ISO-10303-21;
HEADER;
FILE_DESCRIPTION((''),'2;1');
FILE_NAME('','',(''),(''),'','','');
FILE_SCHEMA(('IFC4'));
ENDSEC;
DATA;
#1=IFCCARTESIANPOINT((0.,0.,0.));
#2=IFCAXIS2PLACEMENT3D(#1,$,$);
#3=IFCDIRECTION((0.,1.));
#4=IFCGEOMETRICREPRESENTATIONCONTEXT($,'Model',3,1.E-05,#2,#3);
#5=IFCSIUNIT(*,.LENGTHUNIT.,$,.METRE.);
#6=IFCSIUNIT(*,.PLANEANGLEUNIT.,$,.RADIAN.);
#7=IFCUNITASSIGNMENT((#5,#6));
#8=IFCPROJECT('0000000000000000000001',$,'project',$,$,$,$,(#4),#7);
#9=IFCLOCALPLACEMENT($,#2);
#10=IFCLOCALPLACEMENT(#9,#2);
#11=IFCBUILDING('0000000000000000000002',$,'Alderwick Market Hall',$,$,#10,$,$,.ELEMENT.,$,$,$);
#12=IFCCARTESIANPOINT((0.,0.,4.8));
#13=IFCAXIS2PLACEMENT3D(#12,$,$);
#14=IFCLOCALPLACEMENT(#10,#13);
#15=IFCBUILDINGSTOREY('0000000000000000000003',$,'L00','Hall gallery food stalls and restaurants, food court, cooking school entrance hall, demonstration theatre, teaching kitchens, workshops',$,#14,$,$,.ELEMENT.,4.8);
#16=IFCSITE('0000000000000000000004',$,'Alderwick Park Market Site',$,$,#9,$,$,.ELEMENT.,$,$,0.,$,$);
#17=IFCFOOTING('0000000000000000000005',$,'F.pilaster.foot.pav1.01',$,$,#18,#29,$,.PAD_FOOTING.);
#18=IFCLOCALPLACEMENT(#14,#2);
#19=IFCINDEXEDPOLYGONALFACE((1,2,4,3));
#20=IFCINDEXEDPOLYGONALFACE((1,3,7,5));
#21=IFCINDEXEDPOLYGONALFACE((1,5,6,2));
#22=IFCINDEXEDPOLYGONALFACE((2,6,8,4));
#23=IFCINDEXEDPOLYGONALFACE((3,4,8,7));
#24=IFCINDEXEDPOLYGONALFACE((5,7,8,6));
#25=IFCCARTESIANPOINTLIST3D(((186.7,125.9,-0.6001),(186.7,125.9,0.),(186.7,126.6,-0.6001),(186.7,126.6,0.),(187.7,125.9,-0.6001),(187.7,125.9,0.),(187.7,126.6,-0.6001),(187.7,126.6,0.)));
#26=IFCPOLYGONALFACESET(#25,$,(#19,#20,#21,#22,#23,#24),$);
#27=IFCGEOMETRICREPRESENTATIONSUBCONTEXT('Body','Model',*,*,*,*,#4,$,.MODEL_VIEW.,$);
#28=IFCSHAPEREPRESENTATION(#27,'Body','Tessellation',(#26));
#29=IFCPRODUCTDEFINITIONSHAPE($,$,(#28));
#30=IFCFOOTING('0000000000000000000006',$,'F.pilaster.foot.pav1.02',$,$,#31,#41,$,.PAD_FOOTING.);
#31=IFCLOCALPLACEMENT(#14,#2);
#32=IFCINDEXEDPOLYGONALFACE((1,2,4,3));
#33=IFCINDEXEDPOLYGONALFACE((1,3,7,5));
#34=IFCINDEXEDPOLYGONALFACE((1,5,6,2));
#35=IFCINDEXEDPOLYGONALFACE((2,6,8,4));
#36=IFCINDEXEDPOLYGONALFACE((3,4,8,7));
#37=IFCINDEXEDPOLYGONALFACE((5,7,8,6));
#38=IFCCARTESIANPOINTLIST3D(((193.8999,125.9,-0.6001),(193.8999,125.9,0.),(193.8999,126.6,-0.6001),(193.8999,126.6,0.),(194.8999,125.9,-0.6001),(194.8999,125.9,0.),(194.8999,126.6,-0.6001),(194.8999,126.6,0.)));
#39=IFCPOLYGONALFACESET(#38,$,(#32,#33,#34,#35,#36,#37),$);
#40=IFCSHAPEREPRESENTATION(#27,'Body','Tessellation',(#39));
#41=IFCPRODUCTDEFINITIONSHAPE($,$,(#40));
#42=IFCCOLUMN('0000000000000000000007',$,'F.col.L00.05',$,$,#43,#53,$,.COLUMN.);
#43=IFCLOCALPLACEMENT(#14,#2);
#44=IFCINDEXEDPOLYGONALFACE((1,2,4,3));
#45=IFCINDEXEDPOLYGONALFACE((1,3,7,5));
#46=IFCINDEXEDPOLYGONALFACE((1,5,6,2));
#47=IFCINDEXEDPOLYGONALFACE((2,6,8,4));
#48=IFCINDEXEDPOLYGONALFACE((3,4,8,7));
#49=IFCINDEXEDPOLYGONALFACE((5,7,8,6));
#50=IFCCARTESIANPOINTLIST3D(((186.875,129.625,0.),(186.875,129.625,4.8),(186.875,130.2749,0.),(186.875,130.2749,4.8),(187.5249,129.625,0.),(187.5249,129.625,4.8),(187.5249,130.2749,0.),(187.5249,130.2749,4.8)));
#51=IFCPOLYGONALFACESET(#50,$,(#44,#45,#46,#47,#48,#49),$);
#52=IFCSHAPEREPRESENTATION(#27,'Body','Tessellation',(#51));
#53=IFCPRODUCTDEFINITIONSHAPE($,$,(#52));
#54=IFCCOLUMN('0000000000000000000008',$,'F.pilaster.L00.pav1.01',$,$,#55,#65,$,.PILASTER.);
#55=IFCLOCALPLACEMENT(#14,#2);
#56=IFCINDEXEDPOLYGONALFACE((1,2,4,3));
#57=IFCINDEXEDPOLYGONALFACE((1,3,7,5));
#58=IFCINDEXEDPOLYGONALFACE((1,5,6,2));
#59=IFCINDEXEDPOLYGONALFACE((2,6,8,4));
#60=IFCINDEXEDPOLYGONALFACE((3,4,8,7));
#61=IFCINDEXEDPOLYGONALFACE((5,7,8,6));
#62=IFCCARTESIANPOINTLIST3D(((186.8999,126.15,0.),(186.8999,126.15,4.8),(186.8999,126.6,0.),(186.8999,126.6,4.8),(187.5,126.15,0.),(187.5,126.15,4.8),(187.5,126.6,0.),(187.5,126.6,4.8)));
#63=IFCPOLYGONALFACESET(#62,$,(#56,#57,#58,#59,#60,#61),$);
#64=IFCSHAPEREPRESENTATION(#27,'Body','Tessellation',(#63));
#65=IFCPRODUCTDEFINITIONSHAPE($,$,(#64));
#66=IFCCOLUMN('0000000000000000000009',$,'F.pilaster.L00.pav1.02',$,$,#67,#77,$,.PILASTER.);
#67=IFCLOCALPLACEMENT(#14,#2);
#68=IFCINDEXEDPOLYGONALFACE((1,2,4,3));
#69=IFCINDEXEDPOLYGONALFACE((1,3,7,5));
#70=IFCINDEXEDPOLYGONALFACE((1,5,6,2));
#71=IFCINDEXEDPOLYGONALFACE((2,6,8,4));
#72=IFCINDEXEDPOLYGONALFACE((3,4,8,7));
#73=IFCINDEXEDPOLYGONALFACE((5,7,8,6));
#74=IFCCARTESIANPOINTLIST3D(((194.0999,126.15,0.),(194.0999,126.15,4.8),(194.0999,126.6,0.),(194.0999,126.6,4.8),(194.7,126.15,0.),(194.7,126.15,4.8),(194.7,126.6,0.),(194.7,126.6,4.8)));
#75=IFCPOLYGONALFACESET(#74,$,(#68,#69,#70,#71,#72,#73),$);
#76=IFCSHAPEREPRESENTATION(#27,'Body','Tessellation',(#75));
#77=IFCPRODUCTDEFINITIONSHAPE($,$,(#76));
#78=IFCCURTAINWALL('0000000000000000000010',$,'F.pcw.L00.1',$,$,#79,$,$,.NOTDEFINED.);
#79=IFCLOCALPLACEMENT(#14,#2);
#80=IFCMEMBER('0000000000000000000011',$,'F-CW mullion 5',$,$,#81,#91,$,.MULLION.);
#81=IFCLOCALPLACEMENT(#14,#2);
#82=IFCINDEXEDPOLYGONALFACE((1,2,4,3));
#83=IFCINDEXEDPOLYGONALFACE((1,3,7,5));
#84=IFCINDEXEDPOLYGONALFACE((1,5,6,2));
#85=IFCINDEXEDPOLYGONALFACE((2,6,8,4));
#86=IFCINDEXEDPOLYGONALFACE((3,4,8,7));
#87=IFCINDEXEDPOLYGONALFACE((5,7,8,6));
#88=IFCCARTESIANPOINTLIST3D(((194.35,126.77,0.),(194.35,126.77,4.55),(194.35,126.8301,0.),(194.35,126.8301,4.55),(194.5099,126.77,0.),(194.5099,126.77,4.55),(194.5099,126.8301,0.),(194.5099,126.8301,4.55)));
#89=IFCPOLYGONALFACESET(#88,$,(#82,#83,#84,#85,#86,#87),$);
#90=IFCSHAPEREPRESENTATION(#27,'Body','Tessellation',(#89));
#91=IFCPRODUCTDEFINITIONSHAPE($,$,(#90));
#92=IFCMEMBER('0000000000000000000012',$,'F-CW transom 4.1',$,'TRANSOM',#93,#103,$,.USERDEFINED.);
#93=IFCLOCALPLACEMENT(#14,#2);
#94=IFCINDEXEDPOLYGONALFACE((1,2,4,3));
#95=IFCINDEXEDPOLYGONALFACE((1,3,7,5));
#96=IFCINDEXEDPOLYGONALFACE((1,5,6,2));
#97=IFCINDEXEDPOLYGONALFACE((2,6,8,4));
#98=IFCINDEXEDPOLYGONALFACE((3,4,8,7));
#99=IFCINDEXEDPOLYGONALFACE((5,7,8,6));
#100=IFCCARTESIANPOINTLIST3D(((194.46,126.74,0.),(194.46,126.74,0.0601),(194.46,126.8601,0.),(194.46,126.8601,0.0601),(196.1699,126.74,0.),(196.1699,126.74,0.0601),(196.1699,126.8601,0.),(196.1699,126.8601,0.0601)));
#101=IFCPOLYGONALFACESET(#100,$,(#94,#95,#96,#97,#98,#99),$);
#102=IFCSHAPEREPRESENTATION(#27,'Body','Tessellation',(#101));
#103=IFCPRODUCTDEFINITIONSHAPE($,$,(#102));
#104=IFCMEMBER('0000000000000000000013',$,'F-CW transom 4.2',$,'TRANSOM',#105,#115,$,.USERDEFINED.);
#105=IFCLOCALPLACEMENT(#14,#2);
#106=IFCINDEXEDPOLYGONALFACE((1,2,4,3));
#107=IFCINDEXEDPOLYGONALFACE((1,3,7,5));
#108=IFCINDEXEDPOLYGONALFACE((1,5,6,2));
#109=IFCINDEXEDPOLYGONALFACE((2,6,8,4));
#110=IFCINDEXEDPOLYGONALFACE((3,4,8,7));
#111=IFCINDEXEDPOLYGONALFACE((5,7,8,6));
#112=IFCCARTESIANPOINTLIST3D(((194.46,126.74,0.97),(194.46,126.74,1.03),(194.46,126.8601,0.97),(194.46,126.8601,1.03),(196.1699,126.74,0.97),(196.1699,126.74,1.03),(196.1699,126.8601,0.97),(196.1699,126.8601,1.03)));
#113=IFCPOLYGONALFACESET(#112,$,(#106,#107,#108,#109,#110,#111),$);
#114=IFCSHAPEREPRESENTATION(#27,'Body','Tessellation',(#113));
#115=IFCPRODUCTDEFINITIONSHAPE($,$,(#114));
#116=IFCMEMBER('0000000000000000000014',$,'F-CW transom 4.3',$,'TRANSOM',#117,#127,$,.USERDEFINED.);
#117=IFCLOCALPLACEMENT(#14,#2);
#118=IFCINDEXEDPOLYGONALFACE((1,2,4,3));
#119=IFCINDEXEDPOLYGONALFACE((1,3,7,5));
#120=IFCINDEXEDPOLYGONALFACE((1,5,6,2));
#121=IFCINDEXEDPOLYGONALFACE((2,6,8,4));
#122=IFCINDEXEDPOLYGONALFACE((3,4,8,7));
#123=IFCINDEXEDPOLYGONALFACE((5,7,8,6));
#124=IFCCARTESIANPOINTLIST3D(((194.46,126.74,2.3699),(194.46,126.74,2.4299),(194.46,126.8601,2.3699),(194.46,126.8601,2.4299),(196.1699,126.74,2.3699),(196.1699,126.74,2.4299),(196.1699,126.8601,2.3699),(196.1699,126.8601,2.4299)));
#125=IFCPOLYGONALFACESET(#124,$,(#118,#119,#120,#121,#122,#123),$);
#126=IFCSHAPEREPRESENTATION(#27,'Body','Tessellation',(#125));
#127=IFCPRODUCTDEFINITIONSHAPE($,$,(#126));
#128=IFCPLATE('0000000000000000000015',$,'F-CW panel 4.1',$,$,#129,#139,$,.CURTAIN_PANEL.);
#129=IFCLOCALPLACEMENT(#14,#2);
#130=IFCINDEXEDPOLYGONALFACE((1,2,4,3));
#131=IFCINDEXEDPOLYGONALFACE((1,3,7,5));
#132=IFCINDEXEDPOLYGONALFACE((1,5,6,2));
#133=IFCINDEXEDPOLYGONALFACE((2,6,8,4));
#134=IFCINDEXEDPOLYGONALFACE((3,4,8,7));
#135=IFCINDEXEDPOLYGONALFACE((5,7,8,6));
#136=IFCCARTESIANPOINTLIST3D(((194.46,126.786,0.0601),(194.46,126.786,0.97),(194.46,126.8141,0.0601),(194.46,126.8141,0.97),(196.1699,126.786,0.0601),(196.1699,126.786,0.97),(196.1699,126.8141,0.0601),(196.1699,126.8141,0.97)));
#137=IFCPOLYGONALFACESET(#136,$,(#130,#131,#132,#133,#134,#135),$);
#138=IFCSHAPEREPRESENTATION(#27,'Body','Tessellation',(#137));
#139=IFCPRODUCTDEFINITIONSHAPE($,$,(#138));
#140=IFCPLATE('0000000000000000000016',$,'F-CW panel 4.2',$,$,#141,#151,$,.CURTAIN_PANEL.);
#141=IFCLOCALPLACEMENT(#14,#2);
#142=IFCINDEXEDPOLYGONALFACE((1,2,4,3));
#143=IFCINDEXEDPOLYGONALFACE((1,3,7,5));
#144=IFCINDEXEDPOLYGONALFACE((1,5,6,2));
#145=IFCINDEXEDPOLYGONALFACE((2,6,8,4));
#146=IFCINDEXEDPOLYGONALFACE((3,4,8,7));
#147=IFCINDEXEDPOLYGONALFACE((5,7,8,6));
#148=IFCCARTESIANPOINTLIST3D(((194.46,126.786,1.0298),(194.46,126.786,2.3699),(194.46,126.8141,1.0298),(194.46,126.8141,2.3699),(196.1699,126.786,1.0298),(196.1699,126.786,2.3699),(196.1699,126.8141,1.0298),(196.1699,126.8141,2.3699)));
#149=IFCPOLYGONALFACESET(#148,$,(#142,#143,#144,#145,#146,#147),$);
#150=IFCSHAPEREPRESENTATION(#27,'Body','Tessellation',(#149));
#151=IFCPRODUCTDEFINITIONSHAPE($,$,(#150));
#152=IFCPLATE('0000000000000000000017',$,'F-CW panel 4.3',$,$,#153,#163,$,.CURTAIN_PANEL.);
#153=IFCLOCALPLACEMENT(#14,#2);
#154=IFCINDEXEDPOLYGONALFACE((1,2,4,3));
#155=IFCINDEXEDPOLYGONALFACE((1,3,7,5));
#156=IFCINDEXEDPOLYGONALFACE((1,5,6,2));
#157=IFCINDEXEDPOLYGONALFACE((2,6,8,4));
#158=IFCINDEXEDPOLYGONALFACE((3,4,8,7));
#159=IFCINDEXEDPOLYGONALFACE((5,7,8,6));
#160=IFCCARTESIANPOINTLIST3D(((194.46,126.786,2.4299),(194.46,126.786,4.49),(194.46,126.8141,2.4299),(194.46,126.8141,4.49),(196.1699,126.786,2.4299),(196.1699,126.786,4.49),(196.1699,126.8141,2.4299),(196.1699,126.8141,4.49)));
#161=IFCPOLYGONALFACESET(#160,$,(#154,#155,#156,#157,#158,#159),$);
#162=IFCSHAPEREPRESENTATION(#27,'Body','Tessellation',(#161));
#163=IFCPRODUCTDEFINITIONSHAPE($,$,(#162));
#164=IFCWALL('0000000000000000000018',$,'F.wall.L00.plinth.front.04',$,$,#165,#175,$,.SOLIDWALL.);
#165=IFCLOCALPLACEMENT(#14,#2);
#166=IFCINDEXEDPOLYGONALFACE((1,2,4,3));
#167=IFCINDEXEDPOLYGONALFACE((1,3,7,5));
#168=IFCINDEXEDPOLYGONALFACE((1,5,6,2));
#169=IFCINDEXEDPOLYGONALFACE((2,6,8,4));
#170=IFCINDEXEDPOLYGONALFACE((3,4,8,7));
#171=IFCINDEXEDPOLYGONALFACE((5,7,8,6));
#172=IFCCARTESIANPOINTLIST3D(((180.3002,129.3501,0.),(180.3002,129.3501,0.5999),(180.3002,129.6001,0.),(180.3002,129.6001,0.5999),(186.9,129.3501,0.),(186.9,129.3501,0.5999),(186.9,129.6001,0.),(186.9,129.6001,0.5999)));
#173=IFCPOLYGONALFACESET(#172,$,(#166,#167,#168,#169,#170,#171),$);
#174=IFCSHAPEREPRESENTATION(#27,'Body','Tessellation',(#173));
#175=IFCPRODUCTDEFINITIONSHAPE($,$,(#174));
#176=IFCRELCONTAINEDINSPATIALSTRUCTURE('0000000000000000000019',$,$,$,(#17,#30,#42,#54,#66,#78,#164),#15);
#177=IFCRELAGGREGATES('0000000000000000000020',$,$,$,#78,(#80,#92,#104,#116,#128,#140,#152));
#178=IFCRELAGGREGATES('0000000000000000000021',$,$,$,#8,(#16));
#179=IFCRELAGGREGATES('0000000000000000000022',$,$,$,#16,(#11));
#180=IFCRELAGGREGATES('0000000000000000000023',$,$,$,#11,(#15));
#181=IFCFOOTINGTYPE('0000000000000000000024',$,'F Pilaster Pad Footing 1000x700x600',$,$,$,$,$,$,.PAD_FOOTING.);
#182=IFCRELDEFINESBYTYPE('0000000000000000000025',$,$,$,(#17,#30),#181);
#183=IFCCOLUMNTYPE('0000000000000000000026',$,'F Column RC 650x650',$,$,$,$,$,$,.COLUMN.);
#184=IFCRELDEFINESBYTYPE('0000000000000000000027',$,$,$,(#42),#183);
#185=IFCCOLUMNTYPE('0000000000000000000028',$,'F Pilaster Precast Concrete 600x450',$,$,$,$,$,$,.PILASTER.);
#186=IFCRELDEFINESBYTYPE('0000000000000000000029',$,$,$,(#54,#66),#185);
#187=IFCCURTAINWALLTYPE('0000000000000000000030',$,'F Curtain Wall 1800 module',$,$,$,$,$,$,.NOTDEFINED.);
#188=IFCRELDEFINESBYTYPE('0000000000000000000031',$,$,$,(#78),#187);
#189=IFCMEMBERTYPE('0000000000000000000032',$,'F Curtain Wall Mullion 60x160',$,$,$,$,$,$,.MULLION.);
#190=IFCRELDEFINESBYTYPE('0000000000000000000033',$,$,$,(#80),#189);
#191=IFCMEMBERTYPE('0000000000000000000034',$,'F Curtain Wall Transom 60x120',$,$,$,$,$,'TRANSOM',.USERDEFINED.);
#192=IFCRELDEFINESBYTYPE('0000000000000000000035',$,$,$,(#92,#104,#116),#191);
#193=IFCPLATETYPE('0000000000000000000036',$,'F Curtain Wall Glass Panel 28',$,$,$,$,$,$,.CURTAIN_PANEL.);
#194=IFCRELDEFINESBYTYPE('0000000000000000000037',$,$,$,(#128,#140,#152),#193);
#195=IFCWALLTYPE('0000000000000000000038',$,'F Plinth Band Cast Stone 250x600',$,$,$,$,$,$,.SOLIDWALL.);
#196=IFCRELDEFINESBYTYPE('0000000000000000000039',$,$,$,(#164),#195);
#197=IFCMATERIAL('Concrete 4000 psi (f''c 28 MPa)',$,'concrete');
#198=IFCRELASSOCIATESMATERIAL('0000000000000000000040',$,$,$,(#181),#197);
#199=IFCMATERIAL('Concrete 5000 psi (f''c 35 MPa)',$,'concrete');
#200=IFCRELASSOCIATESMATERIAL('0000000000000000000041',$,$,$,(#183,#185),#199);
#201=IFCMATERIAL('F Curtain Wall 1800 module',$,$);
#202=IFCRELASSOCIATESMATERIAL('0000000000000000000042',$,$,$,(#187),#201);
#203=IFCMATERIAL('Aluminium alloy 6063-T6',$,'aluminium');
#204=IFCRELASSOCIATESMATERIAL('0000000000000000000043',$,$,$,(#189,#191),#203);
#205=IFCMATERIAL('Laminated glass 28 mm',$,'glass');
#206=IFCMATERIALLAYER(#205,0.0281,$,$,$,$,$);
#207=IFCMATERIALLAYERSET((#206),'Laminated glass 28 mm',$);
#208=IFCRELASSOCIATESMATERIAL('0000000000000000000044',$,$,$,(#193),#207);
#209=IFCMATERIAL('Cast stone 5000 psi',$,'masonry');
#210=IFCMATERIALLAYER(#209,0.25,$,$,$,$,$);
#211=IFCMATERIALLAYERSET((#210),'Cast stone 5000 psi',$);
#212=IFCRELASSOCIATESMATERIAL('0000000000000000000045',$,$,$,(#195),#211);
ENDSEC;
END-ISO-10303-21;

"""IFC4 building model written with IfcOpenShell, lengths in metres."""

from ifc_helpers import new_model, si_unit, direction, frame, frame_2d, origin, origin_2d, place, context, subcontext, project, spatial, rectangle, extrude, material, layer, layer_set, material_profile, profile_set, type_object, element, aggregate, save


model = new_model("IFC4")

# Units and contexts
model_context = context("Model", 3, precision=1e-05, world=origin(), true_north=direction((0.0, 1.0)))
body_context = subcontext(model_context, "Body", "Model", "MODEL_VIEW")
ifc_project = project(units=[si_unit("LENGTHUNIT", "METRE"), si_unit("PLANEANGLEUNIT", "RADIAN")], contexts=[model_context])

# Site, building, storey
site_placement = place(None, origin())
site = spatial("IfcSite", under=ifc_project, at=site_placement, Name="Alderwick Park Market Site", CompositionType="ELEMENT", RefElevation=0.0)
building_placement = place(site_placement, origin())
building = spatial("IfcBuilding", under=site, at=building_placement, Name="Alderwick Market Hall", CompositionType="ELEMENT")
storey_placement = place(building_placement, frame((0.0, 0.0, 4.8)))
storey = spatial("IfcBuildingStorey", under=building, at=storey_placement, Name="L00", Description="Hall gallery food stalls and restaurants, food court, cooking school entrance hall, demonstration theatre, teaching kitchens, workshops", CompositionType="ELEMENT", Elevation=4.8)

# Footings
ifc_material_1 = material(Name="Concrete 4000 psi (f'c 28 MPa)", Category="concrete")
footing_type = type_object("IfcFootingType", Name="F Pilaster Pad Footing 1000x700x600", PredefinedType="PAD_FOOTING", material=ifc_material_1)
for number, where, z_axis, x_axis, name in (
    (1, (187.2, 126.25, -0.6001), (0.0, 0.0, 1.0), (1.0, 0.0, 0.0), "F.pilaster.foot.pav1.01"),
    (2, (194.3999, 126.25, -0.6001), (0.0, 0.0, 1.0), (1.0, 0.0, 0.0), "F.pilaster.foot.pav1.02"),
):
    element("IfcFooting", number, at=place(storey_placement, frame(where, z_axis=z_axis, x_axis=x_axis)), inside=storey, type_object=footing_type, Name=name, PredefinedType="PAD_FOOTING", context=body_context, shape_type="SweptSolid", body=[
        extrude(rectangle(XDim=1.0, YDim=0.7, at=origin_2d()), origin(), (0.0, 0.0, 1.0), 0.6001),
    ])

# Columns
ifc_material_2 = material(Name="Concrete 5000 psi (f'c 35 MPa)", Category="concrete")
ifc_material_profile_1 = material_profile(ifc_material_2, rectangle(XDim=0.6499, YDim=0.6499, at=origin_2d()), Name="RC 650x650")
ifc_profile_set_1 = profile_set([ifc_material_profile_1], Name="Concrete 5000 psi (f'c 35 MPa)")
column_type_1 = type_object("IfcColumnType", Name="F Column RC 650x650", PredefinedType="COLUMN", material=ifc_profile_set_1)
column_placement = place(storey_placement, frame((187.2, 129.95, 0.0), z_axis=(0.0, 0.0, 1.0), x_axis=(1.0, 0.0, 0.0)))
element("IfcColumn", 3, at=column_placement, inside=storey, type_object=column_type_1, Name="F.col.L00.05", PredefinedType="COLUMN", context=body_context, shape_type="SweptSolid", body=[
    extrude(rectangle(XDim=0.6499, YDim=0.6499, at=origin_2d()), origin(), (0.0, 0.0, 1.0), 4.8),
])
ifc_material_profile_2 = material_profile(ifc_material_2, rectangle(XDim=0.6001, YDim=0.45, at=origin_2d()), Name="PC 600x450")
ifc_profile_set_2 = profile_set([ifc_material_profile_2], Name="Concrete 5000 psi (f'c 35 MPa)")
column_type_2 = type_object("IfcColumnType", Name="F Pilaster Precast Concrete 600x450", PredefinedType="PILASTER", material=ifc_profile_set_2)
for number, where, z_axis, x_axis, name in (
    (4, (187.2, 126.375, 0.0), (0.0, 0.0, 1.0), (1.0, 0.0, 0.0), "F.pilaster.L00.pav1.01"),
    (5, (194.3999, 126.375, 0.0), (0.0, 0.0, 1.0), (1.0, 0.0, 0.0), "F.pilaster.L00.pav1.02"),
):
    element("IfcColumn", number, at=place(storey_placement, frame(where, z_axis=z_axis, x_axis=x_axis)), inside=storey, type_object=column_type_2, Name=name, PredefinedType="PILASTER", context=body_context, shape_type="SweptSolid", body=[
        extrude(rectangle(XDim=0.6001, YDim=0.45, at=origin_2d()), origin(), (0.0, 0.0, 1.0), 4.8),
    ])

# Curtain wall, members, plates
ifc_material_3 = material(Name="F Curtain Wall 1800 module")
curtain_wall_type = type_object("IfcCurtainWallType", Name="F Curtain Wall 1800 module", PredefinedType="NOTDEFINED", material=ifc_material_3)
curtain_wall_placement = place(storey_placement, origin())
curtain_wall = element("IfcCurtainWall", 6, at=curtain_wall_placement, inside=storey, type_object=curtain_wall_type, Name="F.pcw.L00.1", PredefinedType="NOTDEFINED")
ifc_material_4 = material(Name="Aluminium alloy 6063-T6", Category="aluminium")
ifc_material_profile_3 = material_profile(ifc_material_4, rectangle(XDim=0.0601, YDim=0.1599, at=origin_2d()), Name="AL 60x160")
ifc_profile_set_3 = profile_set([ifc_material_profile_3], Name="Aluminium alloy 6063-T6")
member_type_1 = type_object("IfcMemberType", Name="F Curtain Wall Mullion 60x160", PredefinedType="MULLION", material=ifc_profile_set_3)
member_1_placement = place(storey_placement, frame((194.4299, 126.8, 0.0), z_axis=(0.0, 0.0, 1.0), x_axis=(0.0, -1.0, 0.0)))
member_1 = element("IfcMember", 7, at=member_1_placement, type_object=member_type_1, Name="F-CW mullion 5", PredefinedType="MULLION", context=body_context, shape_type="SweptSolid", body=[
    extrude(rectangle(XDim=0.0601, YDim=0.1599, at=origin_2d()), origin(), (0.0, 0.0, 1.0), 4.55),
])
ifc_material_profile_4 = material_profile(ifc_material_4, rectangle(XDim=0.1201, YDim=0.0601, at=origin_2d()), Name="AL 60x120")
ifc_profile_set_4 = profile_set([ifc_material_profile_4], Name="Aluminium alloy 6063-T6")
member_type_2 = type_object("IfcMemberType", Name="F Curtain Wall Transom 60x120", ElementType="TRANSOM", PredefinedType="USERDEFINED", material=ifc_profile_set_4)
member_2_placement = place(storey_placement, frame((196.1699, 126.8, 0.03), z_axis=(-1.0, 0.0, 0.0), x_axis=(0.0, -1.0, 0.0)))
member_2 = element("IfcMember", 8, at=member_2_placement, type_object=member_type_2, Name="F-CW transom 4.1", ObjectType="TRANSOM", PredefinedType="USERDEFINED", context=body_context, shape_type="SweptSolid", body=[
    extrude(rectangle(XDim=0.1201, YDim=0.0601, at=origin_2d()), origin(), (0.0, 0.0, 1.0), 1.71),
])
member_3_placement = place(storey_placement, frame((196.1699, 126.8, 1.0), z_axis=(-1.0, 0.0, 0.0), x_axis=(0.0, -1.0, 0.0)))
member_3 = element("IfcMember", 9, at=member_3_placement, type_object=member_type_2, Name="F-CW transom 4.2", ObjectType="TRANSOM", PredefinedType="USERDEFINED", context=body_context, shape_type="SweptSolid", body=[
    extrude(rectangle(XDim=0.1201, YDim=0.0601, at=origin_2d()), origin(), (0.0, 0.0, 1.0), 1.71),
])
member_4_placement = place(storey_placement, frame((196.1699, 126.8, 2.3999), z_axis=(-1.0, 0.0, 0.0), x_axis=(0.0, -1.0, 0.0)))
member_4 = element("IfcMember", 10, at=member_4_placement, type_object=member_type_2, Name="F-CW transom 4.3", ObjectType="TRANSOM", PredefinedType="USERDEFINED", context=body_context, shape_type="SweptSolid", body=[
    extrude(rectangle(XDim=0.1201, YDim=0.0601, at=origin_2d()), origin(), (0.0, 0.0, 1.0), 1.71),
])
ifc_material_5 = material(Name="Laminated glass 28 mm", Category="glass")
ifc_layer_1 = layer(ifc_material_5, 0.0281)
ifc_layer_set_1 = layer_set([ifc_layer_1], Name="Laminated glass 28 mm")
plate_type = type_object("IfcPlateType", Name="F Curtain Wall Glass Panel 28", PredefinedType="CURTAIN_PANEL", material=ifc_layer_set_1)
plate_1_placement = place(storey_placement, frame((195.3149, 126.8, 0.0601), z_axis=(0.0, 0.0, 1.0), x_axis=(-1.0, 0.0, 0.0)))
plate_1 = element("IfcPlate", 11, at=plate_1_placement, type_object=plate_type, Name="F-CW panel 4.1", PredefinedType="CURTAIN_PANEL", context=body_context, shape_type="SweptSolid", body=[
    extrude(rectangle(XDim=1.71, YDim=0.0281, at=origin_2d()), origin(), (0.0, 0.0, 1.0), 0.9099),
])
plate_2_placement = place(storey_placement, frame((195.3149, 126.8, 1.0298), z_axis=(0.0, 0.0, 1.0), x_axis=(-1.0, 0.0, 0.0)))
plate_2 = element("IfcPlate", 12, at=plate_2_placement, type_object=plate_type, Name="F-CW panel 4.2", PredefinedType="CURTAIN_PANEL", context=body_context, shape_type="SweptSolid", body=[
    extrude(rectangle(XDim=1.71, YDim=0.0281, at=origin_2d()), origin(), (0.0, 0.0, 1.0), 1.3401),
])
plate_3_placement = place(storey_placement, frame((195.3149, 126.8, 2.4299), z_axis=(0.0, 0.0, 1.0), x_axis=(-1.0, 0.0, 0.0)))
plate_3 = element("IfcPlate", 13, at=plate_3_placement, type_object=plate_type, Name="F-CW panel 4.3", PredefinedType="CURTAIN_PANEL", context=body_context, shape_type="SweptSolid", body=[
    extrude(rectangle(XDim=1.71, YDim=0.0281, at=origin_2d()), origin(), (0.0, 0.0, 1.0), 2.0601),
])
aggregate(curtain_wall, [member_1, member_2, member_3, member_4, plate_1, plate_2, plate_3])

# Wall
ifc_material_6 = material(Name="Cast stone 5000 psi", Category="masonry")
ifc_layer_2 = layer(ifc_material_6, 0.25)
ifc_layer_set_2 = layer_set([ifc_layer_2], Name="Cast stone 5000 psi")
wall_type_1 = type_object("IfcWallType", Name="F Plinth Band Cast Stone 250x600", PredefinedType="SOLIDWALL", material=ifc_layer_set_2)
wall_1_placement = place(storey_placement, frame((186.8999, 129.4751, 0.0), z_axis=(0.0, 0.0, 1.0), x_axis=(-1.0, 0.0, 0.0)))
element("IfcWall", 14, at=wall_1_placement, inside=storey, type_object=wall_type_1, Name="F.wall.L00.plinth.front.04", PredefinedType="SOLIDWALL", context=body_context, shape_type="SweptSolid", body=[
    extrude(rectangle(XDim=6.5999, YDim=0.25, at=frame_2d((3.2998, 0.0))), origin(), (0.0, 0.0, 1.0), 0.5999),
])

save(model, "model.ifc")
